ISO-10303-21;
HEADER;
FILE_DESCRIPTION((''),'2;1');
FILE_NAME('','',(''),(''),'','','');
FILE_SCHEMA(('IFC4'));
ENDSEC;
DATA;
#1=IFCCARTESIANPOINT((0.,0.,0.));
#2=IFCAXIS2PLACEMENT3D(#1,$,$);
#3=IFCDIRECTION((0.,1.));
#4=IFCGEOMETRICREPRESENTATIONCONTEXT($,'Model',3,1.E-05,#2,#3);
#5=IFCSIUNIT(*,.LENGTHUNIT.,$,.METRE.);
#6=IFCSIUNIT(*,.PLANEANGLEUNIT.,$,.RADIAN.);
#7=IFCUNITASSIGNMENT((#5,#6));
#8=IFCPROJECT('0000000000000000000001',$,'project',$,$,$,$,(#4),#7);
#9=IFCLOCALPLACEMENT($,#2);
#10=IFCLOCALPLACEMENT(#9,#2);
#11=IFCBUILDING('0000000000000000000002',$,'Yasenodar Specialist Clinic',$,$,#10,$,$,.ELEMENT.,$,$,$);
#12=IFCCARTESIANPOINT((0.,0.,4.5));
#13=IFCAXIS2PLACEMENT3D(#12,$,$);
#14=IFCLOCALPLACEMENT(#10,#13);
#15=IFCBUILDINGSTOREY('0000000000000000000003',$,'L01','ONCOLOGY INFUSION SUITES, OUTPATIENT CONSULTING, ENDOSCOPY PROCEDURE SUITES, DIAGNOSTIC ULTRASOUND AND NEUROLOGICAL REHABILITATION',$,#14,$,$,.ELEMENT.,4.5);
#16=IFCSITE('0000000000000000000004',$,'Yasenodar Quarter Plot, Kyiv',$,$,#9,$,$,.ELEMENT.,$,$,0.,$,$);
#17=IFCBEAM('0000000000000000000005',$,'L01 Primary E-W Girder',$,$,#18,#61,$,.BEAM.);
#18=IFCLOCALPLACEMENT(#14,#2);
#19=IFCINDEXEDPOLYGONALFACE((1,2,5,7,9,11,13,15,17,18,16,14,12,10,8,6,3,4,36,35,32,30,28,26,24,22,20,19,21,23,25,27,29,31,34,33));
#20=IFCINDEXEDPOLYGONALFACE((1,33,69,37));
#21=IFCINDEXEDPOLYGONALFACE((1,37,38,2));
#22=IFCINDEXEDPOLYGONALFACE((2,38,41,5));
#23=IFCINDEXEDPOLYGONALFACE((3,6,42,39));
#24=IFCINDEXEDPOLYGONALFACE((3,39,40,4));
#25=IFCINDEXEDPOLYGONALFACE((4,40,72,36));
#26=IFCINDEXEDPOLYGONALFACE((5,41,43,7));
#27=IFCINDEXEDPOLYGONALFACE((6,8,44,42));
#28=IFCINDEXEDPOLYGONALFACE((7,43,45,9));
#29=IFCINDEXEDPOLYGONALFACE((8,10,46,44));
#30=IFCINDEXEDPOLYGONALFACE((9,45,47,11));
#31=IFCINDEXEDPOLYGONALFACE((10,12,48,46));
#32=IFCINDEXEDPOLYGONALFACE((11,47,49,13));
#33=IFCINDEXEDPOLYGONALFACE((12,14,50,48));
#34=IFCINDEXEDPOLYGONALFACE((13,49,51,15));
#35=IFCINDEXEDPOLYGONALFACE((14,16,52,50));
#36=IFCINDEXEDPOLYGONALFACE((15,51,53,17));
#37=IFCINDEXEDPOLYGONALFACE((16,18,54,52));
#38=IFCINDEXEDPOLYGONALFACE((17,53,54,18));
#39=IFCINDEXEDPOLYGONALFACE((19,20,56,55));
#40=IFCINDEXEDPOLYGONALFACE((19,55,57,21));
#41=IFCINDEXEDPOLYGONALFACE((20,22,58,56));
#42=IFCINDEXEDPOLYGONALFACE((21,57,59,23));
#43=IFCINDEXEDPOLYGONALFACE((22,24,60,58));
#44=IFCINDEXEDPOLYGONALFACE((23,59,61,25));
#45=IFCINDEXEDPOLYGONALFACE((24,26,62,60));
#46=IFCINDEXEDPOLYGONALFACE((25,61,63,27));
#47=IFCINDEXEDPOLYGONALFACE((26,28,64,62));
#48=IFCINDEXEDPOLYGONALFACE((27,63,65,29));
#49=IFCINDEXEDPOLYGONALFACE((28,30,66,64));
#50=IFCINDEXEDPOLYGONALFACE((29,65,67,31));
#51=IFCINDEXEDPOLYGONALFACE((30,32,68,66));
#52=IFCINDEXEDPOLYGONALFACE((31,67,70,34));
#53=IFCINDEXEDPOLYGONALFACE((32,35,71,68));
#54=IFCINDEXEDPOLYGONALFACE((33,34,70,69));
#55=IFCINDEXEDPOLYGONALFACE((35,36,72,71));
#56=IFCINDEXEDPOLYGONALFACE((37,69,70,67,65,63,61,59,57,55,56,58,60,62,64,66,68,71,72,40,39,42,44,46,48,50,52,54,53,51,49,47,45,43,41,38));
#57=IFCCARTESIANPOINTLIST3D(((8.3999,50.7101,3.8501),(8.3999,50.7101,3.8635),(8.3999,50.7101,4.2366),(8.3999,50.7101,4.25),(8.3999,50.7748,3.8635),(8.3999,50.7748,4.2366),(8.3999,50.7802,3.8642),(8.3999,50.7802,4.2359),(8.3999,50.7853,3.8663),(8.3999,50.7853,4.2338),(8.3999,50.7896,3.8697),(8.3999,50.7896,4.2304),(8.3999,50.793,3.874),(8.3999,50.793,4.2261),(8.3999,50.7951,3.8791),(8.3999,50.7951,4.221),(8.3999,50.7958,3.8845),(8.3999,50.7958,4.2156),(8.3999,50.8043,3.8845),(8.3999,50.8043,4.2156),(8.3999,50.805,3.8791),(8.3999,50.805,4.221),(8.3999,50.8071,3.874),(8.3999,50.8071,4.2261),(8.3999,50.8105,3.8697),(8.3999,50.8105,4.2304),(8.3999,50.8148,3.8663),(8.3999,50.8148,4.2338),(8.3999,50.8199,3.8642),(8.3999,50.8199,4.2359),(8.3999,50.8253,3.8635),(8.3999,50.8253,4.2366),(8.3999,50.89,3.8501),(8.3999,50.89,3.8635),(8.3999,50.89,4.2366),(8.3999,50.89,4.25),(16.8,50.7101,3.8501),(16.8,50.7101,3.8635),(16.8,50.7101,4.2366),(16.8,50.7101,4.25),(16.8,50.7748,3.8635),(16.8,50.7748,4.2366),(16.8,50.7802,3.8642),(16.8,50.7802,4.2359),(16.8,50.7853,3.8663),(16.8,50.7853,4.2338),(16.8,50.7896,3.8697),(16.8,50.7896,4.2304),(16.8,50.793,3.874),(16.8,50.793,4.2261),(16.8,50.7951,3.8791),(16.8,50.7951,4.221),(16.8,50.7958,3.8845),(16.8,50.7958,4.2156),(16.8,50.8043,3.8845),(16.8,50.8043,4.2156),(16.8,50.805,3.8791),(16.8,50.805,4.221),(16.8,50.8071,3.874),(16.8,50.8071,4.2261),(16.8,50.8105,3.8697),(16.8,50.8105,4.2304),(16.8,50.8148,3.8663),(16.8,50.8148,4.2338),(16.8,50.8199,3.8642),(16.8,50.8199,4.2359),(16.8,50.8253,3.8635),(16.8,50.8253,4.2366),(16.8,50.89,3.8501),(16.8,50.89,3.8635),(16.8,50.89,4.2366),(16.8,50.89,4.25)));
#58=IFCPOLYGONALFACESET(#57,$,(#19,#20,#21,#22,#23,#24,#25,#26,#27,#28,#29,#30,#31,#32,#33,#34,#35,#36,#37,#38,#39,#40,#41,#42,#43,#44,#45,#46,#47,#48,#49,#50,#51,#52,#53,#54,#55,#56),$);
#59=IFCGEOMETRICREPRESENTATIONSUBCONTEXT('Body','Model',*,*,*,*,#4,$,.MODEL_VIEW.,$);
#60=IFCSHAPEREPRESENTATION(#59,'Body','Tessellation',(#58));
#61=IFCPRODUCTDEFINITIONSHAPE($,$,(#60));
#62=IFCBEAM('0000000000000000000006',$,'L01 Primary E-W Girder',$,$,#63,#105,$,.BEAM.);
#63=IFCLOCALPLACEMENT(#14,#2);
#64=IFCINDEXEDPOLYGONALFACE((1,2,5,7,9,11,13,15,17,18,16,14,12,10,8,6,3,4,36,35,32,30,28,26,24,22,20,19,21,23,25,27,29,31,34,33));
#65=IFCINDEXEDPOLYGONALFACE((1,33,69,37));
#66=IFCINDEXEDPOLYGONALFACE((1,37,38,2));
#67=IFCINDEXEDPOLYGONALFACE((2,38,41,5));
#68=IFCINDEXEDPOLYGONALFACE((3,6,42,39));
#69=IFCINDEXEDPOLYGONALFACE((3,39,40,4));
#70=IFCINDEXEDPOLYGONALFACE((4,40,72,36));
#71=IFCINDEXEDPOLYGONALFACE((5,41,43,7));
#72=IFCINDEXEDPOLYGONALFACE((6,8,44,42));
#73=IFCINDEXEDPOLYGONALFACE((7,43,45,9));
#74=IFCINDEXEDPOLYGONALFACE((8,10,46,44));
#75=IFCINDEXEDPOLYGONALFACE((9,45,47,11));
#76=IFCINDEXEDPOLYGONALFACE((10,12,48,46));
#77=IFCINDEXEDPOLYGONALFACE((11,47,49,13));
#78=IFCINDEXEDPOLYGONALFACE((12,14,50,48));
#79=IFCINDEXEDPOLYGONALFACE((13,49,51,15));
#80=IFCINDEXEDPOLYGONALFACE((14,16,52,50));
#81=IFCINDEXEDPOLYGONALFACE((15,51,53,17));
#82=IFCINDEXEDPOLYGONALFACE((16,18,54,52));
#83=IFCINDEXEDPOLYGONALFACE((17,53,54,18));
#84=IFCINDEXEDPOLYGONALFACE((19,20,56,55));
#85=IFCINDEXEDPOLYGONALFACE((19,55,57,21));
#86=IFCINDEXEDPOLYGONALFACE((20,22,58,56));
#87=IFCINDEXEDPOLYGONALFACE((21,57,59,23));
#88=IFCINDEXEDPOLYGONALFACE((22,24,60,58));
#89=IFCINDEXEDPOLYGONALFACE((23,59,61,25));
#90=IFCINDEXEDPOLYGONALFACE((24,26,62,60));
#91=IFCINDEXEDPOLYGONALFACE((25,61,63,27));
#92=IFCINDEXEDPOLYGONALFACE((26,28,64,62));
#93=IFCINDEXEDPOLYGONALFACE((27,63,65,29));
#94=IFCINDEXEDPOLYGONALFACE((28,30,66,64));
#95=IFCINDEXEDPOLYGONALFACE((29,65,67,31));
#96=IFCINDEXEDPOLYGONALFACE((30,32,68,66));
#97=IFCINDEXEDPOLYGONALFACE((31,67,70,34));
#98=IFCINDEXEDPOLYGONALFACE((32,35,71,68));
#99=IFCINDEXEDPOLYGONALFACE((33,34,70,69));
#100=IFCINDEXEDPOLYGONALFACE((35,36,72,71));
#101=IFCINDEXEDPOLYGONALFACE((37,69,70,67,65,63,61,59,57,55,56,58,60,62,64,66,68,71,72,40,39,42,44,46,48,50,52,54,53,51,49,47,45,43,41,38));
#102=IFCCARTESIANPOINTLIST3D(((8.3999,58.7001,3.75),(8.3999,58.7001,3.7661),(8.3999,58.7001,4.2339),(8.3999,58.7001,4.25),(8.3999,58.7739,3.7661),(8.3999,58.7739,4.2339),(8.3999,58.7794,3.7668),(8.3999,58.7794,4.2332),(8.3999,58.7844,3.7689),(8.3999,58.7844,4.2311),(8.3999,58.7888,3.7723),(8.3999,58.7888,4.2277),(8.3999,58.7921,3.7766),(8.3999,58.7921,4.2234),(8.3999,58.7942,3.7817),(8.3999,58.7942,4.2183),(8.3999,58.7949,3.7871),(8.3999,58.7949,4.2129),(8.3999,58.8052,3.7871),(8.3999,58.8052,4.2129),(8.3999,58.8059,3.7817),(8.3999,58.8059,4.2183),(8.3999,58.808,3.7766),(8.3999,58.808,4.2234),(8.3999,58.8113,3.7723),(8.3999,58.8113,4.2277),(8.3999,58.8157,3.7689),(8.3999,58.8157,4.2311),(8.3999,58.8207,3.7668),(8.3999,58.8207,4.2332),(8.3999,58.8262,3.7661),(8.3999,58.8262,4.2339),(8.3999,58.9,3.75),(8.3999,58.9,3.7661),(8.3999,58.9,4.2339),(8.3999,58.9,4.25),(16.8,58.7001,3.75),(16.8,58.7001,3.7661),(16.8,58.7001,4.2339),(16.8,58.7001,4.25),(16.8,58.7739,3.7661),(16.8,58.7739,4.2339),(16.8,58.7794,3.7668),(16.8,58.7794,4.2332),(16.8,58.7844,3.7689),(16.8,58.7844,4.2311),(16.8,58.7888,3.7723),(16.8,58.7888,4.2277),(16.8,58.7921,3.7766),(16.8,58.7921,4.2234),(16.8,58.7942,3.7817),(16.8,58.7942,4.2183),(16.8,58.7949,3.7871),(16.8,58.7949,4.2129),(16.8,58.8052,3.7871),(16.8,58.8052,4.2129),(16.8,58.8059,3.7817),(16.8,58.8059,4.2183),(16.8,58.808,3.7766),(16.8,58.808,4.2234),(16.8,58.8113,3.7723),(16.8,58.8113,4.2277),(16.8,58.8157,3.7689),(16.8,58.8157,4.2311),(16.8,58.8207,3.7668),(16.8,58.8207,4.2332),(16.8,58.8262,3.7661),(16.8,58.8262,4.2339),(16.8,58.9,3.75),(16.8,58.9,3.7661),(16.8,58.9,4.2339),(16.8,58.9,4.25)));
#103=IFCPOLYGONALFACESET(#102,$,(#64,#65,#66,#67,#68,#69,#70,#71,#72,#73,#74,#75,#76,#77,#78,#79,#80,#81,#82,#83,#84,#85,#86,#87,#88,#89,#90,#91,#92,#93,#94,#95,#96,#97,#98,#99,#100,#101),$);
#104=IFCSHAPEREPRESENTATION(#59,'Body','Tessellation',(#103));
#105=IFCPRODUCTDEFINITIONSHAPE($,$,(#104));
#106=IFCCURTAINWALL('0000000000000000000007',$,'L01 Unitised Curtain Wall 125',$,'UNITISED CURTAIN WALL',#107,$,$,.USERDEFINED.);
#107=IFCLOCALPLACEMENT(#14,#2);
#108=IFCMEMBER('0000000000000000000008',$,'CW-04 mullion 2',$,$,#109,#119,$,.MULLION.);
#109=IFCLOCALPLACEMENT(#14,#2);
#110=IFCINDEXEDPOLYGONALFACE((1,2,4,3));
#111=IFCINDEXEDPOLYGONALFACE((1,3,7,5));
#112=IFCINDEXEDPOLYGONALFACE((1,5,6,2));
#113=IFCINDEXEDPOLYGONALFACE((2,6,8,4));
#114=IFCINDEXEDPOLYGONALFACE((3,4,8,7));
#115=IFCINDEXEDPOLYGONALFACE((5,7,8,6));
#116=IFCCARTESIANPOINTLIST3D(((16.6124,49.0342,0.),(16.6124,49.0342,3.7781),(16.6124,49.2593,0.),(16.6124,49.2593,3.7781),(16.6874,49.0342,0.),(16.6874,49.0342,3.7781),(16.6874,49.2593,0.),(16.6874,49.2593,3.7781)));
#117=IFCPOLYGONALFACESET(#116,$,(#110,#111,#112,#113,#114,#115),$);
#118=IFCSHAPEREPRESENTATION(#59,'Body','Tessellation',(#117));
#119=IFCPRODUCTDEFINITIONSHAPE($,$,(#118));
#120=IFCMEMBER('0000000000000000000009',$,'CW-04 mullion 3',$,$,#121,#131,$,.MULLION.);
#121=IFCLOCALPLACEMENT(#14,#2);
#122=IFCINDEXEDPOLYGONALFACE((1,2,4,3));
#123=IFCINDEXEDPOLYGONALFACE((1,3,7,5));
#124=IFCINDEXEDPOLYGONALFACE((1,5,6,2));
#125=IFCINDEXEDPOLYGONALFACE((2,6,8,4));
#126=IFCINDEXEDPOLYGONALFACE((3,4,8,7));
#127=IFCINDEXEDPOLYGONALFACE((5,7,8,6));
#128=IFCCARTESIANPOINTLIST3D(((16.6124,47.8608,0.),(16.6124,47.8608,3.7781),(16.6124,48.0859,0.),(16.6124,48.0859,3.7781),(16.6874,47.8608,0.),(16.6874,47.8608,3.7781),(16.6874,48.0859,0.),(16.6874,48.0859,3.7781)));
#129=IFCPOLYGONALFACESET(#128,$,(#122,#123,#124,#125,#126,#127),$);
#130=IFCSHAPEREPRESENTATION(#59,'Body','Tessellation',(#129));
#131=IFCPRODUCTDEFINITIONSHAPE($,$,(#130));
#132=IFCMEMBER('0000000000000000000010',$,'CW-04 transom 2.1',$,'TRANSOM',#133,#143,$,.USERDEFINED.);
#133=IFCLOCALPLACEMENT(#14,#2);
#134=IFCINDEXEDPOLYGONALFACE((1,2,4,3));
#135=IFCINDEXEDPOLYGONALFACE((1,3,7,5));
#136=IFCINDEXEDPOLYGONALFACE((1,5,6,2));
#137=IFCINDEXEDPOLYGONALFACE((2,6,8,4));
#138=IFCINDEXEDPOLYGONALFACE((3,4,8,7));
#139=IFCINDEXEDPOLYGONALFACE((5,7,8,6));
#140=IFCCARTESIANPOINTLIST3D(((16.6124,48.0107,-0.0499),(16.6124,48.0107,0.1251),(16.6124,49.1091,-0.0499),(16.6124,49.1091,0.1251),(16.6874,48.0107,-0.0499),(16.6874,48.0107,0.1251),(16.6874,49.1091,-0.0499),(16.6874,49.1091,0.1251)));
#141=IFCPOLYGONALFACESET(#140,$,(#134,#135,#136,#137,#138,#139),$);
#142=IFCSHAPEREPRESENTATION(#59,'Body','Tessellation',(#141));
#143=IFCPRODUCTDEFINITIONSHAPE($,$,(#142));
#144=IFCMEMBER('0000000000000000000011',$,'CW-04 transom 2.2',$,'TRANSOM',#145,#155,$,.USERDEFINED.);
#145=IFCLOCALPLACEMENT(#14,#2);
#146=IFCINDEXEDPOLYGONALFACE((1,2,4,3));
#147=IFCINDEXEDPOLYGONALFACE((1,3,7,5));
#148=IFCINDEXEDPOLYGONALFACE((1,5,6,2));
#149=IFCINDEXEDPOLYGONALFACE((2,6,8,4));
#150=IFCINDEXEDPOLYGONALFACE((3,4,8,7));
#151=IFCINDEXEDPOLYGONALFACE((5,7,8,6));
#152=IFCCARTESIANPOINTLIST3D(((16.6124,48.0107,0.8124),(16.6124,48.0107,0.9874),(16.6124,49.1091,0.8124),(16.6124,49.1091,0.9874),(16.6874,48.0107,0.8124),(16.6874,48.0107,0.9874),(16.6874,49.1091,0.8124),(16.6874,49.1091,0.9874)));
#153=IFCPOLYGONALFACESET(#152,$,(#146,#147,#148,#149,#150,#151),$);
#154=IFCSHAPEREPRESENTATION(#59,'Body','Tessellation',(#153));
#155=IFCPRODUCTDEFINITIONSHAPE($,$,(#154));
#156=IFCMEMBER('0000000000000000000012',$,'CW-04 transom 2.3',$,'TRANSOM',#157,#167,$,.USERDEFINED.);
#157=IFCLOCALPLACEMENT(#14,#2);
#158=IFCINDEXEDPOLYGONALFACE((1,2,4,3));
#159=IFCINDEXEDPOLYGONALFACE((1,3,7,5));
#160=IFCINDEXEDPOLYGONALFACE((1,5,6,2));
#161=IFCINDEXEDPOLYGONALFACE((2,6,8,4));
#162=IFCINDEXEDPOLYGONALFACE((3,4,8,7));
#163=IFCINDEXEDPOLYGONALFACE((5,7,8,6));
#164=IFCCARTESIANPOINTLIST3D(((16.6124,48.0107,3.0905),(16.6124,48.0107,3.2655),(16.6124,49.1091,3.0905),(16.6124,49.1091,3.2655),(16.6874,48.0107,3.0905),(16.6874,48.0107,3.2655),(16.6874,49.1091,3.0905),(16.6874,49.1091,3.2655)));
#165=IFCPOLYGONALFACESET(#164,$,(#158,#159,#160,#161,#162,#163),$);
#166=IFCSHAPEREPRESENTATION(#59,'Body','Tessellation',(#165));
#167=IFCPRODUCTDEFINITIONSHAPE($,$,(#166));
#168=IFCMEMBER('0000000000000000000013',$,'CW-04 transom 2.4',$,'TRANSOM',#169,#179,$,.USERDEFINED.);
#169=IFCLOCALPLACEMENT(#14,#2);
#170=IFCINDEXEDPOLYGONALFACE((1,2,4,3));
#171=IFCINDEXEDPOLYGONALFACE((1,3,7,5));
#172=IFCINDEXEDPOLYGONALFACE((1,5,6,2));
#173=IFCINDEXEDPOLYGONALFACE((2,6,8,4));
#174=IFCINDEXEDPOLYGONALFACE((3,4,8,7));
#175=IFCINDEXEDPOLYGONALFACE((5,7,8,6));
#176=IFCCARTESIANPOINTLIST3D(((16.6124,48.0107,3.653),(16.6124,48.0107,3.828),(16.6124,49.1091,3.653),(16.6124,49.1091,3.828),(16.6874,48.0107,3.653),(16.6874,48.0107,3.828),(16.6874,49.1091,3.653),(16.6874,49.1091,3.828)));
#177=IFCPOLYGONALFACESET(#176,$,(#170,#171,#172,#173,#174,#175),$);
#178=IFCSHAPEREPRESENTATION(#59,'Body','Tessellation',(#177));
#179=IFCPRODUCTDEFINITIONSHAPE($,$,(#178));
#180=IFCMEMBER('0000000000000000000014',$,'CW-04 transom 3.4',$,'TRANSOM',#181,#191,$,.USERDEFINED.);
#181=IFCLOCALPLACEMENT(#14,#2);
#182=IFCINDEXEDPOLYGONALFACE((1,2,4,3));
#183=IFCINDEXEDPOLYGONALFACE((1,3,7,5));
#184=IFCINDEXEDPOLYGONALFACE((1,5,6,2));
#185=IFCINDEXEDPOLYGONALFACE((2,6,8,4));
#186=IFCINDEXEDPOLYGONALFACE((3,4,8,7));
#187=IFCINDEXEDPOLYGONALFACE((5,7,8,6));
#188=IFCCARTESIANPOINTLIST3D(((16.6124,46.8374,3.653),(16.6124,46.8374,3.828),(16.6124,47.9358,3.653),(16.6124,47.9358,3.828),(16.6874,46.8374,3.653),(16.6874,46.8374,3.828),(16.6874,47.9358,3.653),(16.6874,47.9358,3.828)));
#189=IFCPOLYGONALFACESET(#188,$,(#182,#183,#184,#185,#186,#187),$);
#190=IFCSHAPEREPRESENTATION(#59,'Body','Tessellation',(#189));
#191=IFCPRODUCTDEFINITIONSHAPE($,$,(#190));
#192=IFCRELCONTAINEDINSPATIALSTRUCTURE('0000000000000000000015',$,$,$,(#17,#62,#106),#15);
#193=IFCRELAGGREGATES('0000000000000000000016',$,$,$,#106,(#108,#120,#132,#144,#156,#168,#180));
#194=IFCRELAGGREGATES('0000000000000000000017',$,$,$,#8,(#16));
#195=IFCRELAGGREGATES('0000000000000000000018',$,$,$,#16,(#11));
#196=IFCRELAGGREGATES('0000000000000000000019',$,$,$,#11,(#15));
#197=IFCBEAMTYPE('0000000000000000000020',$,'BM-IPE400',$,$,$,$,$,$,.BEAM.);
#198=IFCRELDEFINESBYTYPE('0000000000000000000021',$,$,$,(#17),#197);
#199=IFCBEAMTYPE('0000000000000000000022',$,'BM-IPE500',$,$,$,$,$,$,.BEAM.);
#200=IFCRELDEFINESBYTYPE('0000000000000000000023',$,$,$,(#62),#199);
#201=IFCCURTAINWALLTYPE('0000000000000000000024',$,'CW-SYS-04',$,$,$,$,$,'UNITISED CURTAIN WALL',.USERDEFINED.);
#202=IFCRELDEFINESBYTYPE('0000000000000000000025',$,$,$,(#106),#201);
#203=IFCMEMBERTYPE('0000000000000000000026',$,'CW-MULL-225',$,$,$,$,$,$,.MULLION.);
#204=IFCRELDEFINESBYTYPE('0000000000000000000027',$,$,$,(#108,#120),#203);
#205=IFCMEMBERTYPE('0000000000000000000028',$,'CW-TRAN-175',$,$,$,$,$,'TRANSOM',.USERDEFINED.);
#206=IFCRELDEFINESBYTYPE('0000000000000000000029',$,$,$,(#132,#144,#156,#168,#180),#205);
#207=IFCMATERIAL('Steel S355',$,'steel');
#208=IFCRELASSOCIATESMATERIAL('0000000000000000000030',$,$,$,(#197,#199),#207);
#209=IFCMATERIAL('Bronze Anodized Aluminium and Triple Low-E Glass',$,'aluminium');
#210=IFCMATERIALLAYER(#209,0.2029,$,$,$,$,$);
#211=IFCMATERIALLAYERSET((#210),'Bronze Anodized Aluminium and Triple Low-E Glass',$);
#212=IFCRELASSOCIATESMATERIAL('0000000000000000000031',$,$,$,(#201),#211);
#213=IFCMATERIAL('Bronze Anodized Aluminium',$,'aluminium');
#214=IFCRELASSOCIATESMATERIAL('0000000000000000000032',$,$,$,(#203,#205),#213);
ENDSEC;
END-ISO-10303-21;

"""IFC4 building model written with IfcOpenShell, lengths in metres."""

from ifc_helpers import new_model, si_unit, direction, frame, origin, origin_2d, place, context, subcontext, project, spatial, rectangle, i_section, extrude, material, layer, layer_set, material_profile, profile_set, type_object, element, aggregate, save


model = new_model("IFC4")

# Units and contexts
model_context = context("Model", 3, precision=1e-05, world=origin(), true_north=direction((0.0, 1.0)))
body_context = subcontext(model_context, "Body", "Model", "MODEL_VIEW")
ifc_project = project(units=[si_unit("LENGTHUNIT", "METRE"), si_unit("PLANEANGLEUNIT", "RADIAN")], contexts=[model_context])

# Site, building, storey
site_placement = place(None, origin())
site = spatial("IfcSite", under=ifc_project, at=site_placement, Name="Yasenodar Quarter Plot, Kyiv", CompositionType="ELEMENT", RefElevation=0.0)
building_placement = place(site_placement, origin())
building = spatial("IfcBuilding", under=site, at=building_placement, Name="Yasenodar Specialist Clinic", CompositionType="ELEMENT")
storey_placement = place(building_placement, frame((0.0, 0.0, 4.5)))
storey = spatial("IfcBuildingStorey", under=building, at=storey_placement, Name="L01", Description="ONCOLOGY INFUSION SUITES, OUTPATIENT CONSULTING, ENDOSCOPY PROCEDURE SUITES, DIAGNOSTIC ULTRASOUND AND NEUROLOGICAL REHABILITATION", CompositionType="ELEMENT", Elevation=4.5)

# Shared definitions
ifc_material_1 = material(Name="Steel S355", Category="steel")

# Beams
ifc_material_profile_1 = material_profile(ifc_material_1, i_section(OverallWidth=0.1799, OverallDepth=0.3999, WebThickness=0.0085, FlangeThickness=0.0134, FilletRadius=0.021, at=origin_2d()), Name="IPE 400")
ifc_profile_set_1 = profile_set([ifc_material_profile_1], Name="Steel S355")
beam_type_1 = type_object("IfcBeamType", Name="BM-IPE400", PredefinedType="BEAM", material=ifc_profile_set_1)
beam_1_placement = place(storey_placement, frame((8.3999, 50.8, 4.05), z_axis=(1.0, 0.0, 0.0), x_axis=(0.0, 1.0, 0.0)))
element("IfcBeam", 1, at=beam_1_placement, inside=storey, type_object=beam_type_1, Name="L01 Primary E-W Girder", PredefinedType="BEAM", context=body_context, shape_type="SweptSolid", body=[
    extrude(i_section(OverallWidth=0.1799, OverallDepth=0.3999, WebThickness=0.0085, FlangeThickness=0.0134, FilletRadius=0.021, at=origin_2d()), origin(), (0.0, 0.0, 1.0), 8.4001),
])
ifc_material_profile_2 = material_profile(ifc_material_1, i_section(OverallWidth=0.2, OverallDepth=0.5, WebThickness=0.0103, FlangeThickness=0.0161, FilletRadius=0.021, at=origin_2d()), Name="IPE 500")
ifc_profile_set_2 = profile_set([ifc_material_profile_2], Name="Steel S355")
beam_type_2 = type_object("IfcBeamType", Name="BM-IPE500", PredefinedType="BEAM", material=ifc_profile_set_2)
beam_2_placement = place(storey_placement, frame((8.3999, 58.8, 4.0), z_axis=(1.0, 0.0, 0.0), x_axis=(0.0, 1.0, 0.0)))
element("IfcBeam", 2, at=beam_2_placement, inside=storey, type_object=beam_type_2, Name="L01 Primary E-W Girder", PredefinedType="BEAM", context=body_context, shape_type="SweptSolid", body=[
    extrude(i_section(OverallWidth=0.2, OverallDepth=0.5, WebThickness=0.0103, FlangeThickness=0.0161, FilletRadius=0.021, at=origin_2d()), origin(), (0.0, 0.0, 1.0), 8.4001),
])

# Curtain wall, members
ifc_material_2 = material(Name="Bronze Anodized Aluminium and Triple Low-E Glass", Category="aluminium")
ifc_layer_1 = layer(ifc_material_2, 0.2029)
ifc_layer_set_1 = layer_set([ifc_layer_1], Name="Bronze Anodized Aluminium and Triple Low-E Glass")
curtain_wall_type = type_object("IfcCurtainWallType", Name="CW-SYS-04", ElementType="UNITISED CURTAIN WALL", PredefinedType="USERDEFINED", material=ifc_layer_set_1)
curtain_wall_placement = place(storey_placement, origin())
curtain_wall = element("IfcCurtainWall", 3, at=curtain_wall_placement, inside=storey, type_object=curtain_wall_type, Name="L01 Unitised Curtain Wall 125", ObjectType="UNITISED CURTAIN WALL", PredefinedType="USERDEFINED")
ifc_material_3 = material(Name="Bronze Anodized Aluminium", Category="aluminium")
ifc_material_profile_3 = material_profile(ifc_material_3, rectangle(XDim=0.075, YDim=0.2251, at=origin_2d()), Name="CW-MULL 75x225")
ifc_profile_set_3 = profile_set([ifc_material_profile_3], Name="Bronze Anodized Aluminium")
member_type_1 = type_object("IfcMemberType", Name="CW-MULL-225", PredefinedType="MULLION", material=ifc_profile_set_3)
member_1_placement = place(storey_placement, frame((16.6499, 49.1467, 0.0), z_axis=(0.0, 0.0, 1.0), x_axis=(1.0, 0.0, 0.0)))
member_1 = element("IfcMember", 4, at=member_1_placement, type_object=member_type_1, Name="CW-04 mullion 2", PredefinedType="MULLION", context=body_context, shape_type="SweptSolid", body=[
    extrude(rectangle(XDim=0.075, YDim=0.2251, at=origin_2d()), origin(), (0.0, 0.0, 1.0), 3.7781),
])
member_2_placement = place(storey_placement, frame((16.6499, 47.9734, 0.0), z_axis=(0.0, 0.0, 1.0), x_axis=(1.0, 0.0, 0.0)))
member_2 = element("IfcMember", 5, at=member_2_placement, type_object=member_type_1, Name="CW-04 mullion 3", PredefinedType="MULLION", context=body_context, shape_type="SweptSolid", body=[
    extrude(rectangle(XDim=0.075, YDim=0.2251, at=origin_2d()), origin(), (0.0, 0.0, 1.0), 3.7781),
])
ifc_material_profile_4 = material_profile(ifc_material_3, rectangle(XDim=0.075, YDim=0.175, at=origin_2d()), Name="CW-TRAN 75x175")
ifc_profile_set_4 = profile_set([ifc_material_profile_4], Name="Bronze Anodized Aluminium")
member_type_2 = type_object("IfcMemberType", Name="CW-TRAN-175", ElementType="TRANSOM", PredefinedType="USERDEFINED", material=ifc_profile_set_4)
member_3_placement = place(storey_placement, frame((16.6499, 49.1091, 0.0376), z_axis=(0.0, -1.0, 0.0), x_axis=(1.0, 0.0, 0.0)))
member_3 = element("IfcMember", 6, at=member_3_placement, type_object=member_type_2, Name="CW-04 transom 2.1", ObjectType="TRANSOM", PredefinedType="USERDEFINED", context=body_context, shape_type="SweptSolid", body=[
    extrude(rectangle(XDim=0.075, YDim=0.175, at=origin_2d()), origin(), (0.0, 0.0, 1.0), 1.0984),
])
member_4_placement = place(storey_placement, frame((16.6499, 49.1091, 0.8999), z_axis=(0.0, -1.0, 0.0), x_axis=(1.0, 0.0, 0.0)))
member_4 = element("IfcMember", 7, at=member_4_placement, type_object=member_type_2, Name="CW-04 transom 2.2", ObjectType="TRANSOM", PredefinedType="USERDEFINED", context=body_context, shape_type="SweptSolid", body=[
    extrude(rectangle(XDim=0.075, YDim=0.175, at=origin_2d()), origin(), (0.0, 0.0, 1.0), 1.0984),
])
member_5_placement = place(storey_placement, frame((16.6499, 49.1091, 3.178), z_axis=(0.0, -1.0, 0.0), x_axis=(1.0, 0.0, 0.0)))
member_5 = element("IfcMember", 8, at=member_5_placement, type_object=member_type_2, Name="CW-04 transom 2.3", ObjectType="TRANSOM", PredefinedType="USERDEFINED", context=body_context, shape_type="SweptSolid", body=[
    extrude(rectangle(XDim=0.075, YDim=0.175, at=origin_2d()), origin(), (0.0, 0.0, 1.0), 1.0984),
])
member_6_placement = place(storey_placement, frame((16.6499, 49.1091, 3.7405), z_axis=(0.0, -1.0, 0.0), x_axis=(1.0, 0.0, 0.0)))
member_6 = element("IfcMember", 9, at=member_6_placement, type_object=member_type_2, Name="CW-04 transom 2.4", ObjectType="TRANSOM", PredefinedType="USERDEFINED", context=body_context, shape_type="SweptSolid", body=[
    extrude(rectangle(XDim=0.075, YDim=0.175, at=origin_2d()), origin(), (0.0, 0.0, 1.0), 1.0984),
])
member_7_placement = place(storey_placement, frame((16.6499, 47.9358, 3.7405), z_axis=(0.0, -1.0, 0.0), x_axis=(1.0, 0.0, 0.0)))
member_7 = element("IfcMember", 10, at=member_7_placement, type_object=member_type_2, Name="CW-04 transom 3.4", ObjectType="TRANSOM", PredefinedType="USERDEFINED", context=body_context, shape_type="SweptSolid", body=[
    extrude(rectangle(XDim=0.075, YDim=0.175, at=origin_2d()), origin(), (0.0, 0.0, 1.0), 1.0984),
])

aggregate(curtain_wall, [member_1, member_2, member_3, member_4, member_5, member_6, member_7])

save(model, "model.ifc")
